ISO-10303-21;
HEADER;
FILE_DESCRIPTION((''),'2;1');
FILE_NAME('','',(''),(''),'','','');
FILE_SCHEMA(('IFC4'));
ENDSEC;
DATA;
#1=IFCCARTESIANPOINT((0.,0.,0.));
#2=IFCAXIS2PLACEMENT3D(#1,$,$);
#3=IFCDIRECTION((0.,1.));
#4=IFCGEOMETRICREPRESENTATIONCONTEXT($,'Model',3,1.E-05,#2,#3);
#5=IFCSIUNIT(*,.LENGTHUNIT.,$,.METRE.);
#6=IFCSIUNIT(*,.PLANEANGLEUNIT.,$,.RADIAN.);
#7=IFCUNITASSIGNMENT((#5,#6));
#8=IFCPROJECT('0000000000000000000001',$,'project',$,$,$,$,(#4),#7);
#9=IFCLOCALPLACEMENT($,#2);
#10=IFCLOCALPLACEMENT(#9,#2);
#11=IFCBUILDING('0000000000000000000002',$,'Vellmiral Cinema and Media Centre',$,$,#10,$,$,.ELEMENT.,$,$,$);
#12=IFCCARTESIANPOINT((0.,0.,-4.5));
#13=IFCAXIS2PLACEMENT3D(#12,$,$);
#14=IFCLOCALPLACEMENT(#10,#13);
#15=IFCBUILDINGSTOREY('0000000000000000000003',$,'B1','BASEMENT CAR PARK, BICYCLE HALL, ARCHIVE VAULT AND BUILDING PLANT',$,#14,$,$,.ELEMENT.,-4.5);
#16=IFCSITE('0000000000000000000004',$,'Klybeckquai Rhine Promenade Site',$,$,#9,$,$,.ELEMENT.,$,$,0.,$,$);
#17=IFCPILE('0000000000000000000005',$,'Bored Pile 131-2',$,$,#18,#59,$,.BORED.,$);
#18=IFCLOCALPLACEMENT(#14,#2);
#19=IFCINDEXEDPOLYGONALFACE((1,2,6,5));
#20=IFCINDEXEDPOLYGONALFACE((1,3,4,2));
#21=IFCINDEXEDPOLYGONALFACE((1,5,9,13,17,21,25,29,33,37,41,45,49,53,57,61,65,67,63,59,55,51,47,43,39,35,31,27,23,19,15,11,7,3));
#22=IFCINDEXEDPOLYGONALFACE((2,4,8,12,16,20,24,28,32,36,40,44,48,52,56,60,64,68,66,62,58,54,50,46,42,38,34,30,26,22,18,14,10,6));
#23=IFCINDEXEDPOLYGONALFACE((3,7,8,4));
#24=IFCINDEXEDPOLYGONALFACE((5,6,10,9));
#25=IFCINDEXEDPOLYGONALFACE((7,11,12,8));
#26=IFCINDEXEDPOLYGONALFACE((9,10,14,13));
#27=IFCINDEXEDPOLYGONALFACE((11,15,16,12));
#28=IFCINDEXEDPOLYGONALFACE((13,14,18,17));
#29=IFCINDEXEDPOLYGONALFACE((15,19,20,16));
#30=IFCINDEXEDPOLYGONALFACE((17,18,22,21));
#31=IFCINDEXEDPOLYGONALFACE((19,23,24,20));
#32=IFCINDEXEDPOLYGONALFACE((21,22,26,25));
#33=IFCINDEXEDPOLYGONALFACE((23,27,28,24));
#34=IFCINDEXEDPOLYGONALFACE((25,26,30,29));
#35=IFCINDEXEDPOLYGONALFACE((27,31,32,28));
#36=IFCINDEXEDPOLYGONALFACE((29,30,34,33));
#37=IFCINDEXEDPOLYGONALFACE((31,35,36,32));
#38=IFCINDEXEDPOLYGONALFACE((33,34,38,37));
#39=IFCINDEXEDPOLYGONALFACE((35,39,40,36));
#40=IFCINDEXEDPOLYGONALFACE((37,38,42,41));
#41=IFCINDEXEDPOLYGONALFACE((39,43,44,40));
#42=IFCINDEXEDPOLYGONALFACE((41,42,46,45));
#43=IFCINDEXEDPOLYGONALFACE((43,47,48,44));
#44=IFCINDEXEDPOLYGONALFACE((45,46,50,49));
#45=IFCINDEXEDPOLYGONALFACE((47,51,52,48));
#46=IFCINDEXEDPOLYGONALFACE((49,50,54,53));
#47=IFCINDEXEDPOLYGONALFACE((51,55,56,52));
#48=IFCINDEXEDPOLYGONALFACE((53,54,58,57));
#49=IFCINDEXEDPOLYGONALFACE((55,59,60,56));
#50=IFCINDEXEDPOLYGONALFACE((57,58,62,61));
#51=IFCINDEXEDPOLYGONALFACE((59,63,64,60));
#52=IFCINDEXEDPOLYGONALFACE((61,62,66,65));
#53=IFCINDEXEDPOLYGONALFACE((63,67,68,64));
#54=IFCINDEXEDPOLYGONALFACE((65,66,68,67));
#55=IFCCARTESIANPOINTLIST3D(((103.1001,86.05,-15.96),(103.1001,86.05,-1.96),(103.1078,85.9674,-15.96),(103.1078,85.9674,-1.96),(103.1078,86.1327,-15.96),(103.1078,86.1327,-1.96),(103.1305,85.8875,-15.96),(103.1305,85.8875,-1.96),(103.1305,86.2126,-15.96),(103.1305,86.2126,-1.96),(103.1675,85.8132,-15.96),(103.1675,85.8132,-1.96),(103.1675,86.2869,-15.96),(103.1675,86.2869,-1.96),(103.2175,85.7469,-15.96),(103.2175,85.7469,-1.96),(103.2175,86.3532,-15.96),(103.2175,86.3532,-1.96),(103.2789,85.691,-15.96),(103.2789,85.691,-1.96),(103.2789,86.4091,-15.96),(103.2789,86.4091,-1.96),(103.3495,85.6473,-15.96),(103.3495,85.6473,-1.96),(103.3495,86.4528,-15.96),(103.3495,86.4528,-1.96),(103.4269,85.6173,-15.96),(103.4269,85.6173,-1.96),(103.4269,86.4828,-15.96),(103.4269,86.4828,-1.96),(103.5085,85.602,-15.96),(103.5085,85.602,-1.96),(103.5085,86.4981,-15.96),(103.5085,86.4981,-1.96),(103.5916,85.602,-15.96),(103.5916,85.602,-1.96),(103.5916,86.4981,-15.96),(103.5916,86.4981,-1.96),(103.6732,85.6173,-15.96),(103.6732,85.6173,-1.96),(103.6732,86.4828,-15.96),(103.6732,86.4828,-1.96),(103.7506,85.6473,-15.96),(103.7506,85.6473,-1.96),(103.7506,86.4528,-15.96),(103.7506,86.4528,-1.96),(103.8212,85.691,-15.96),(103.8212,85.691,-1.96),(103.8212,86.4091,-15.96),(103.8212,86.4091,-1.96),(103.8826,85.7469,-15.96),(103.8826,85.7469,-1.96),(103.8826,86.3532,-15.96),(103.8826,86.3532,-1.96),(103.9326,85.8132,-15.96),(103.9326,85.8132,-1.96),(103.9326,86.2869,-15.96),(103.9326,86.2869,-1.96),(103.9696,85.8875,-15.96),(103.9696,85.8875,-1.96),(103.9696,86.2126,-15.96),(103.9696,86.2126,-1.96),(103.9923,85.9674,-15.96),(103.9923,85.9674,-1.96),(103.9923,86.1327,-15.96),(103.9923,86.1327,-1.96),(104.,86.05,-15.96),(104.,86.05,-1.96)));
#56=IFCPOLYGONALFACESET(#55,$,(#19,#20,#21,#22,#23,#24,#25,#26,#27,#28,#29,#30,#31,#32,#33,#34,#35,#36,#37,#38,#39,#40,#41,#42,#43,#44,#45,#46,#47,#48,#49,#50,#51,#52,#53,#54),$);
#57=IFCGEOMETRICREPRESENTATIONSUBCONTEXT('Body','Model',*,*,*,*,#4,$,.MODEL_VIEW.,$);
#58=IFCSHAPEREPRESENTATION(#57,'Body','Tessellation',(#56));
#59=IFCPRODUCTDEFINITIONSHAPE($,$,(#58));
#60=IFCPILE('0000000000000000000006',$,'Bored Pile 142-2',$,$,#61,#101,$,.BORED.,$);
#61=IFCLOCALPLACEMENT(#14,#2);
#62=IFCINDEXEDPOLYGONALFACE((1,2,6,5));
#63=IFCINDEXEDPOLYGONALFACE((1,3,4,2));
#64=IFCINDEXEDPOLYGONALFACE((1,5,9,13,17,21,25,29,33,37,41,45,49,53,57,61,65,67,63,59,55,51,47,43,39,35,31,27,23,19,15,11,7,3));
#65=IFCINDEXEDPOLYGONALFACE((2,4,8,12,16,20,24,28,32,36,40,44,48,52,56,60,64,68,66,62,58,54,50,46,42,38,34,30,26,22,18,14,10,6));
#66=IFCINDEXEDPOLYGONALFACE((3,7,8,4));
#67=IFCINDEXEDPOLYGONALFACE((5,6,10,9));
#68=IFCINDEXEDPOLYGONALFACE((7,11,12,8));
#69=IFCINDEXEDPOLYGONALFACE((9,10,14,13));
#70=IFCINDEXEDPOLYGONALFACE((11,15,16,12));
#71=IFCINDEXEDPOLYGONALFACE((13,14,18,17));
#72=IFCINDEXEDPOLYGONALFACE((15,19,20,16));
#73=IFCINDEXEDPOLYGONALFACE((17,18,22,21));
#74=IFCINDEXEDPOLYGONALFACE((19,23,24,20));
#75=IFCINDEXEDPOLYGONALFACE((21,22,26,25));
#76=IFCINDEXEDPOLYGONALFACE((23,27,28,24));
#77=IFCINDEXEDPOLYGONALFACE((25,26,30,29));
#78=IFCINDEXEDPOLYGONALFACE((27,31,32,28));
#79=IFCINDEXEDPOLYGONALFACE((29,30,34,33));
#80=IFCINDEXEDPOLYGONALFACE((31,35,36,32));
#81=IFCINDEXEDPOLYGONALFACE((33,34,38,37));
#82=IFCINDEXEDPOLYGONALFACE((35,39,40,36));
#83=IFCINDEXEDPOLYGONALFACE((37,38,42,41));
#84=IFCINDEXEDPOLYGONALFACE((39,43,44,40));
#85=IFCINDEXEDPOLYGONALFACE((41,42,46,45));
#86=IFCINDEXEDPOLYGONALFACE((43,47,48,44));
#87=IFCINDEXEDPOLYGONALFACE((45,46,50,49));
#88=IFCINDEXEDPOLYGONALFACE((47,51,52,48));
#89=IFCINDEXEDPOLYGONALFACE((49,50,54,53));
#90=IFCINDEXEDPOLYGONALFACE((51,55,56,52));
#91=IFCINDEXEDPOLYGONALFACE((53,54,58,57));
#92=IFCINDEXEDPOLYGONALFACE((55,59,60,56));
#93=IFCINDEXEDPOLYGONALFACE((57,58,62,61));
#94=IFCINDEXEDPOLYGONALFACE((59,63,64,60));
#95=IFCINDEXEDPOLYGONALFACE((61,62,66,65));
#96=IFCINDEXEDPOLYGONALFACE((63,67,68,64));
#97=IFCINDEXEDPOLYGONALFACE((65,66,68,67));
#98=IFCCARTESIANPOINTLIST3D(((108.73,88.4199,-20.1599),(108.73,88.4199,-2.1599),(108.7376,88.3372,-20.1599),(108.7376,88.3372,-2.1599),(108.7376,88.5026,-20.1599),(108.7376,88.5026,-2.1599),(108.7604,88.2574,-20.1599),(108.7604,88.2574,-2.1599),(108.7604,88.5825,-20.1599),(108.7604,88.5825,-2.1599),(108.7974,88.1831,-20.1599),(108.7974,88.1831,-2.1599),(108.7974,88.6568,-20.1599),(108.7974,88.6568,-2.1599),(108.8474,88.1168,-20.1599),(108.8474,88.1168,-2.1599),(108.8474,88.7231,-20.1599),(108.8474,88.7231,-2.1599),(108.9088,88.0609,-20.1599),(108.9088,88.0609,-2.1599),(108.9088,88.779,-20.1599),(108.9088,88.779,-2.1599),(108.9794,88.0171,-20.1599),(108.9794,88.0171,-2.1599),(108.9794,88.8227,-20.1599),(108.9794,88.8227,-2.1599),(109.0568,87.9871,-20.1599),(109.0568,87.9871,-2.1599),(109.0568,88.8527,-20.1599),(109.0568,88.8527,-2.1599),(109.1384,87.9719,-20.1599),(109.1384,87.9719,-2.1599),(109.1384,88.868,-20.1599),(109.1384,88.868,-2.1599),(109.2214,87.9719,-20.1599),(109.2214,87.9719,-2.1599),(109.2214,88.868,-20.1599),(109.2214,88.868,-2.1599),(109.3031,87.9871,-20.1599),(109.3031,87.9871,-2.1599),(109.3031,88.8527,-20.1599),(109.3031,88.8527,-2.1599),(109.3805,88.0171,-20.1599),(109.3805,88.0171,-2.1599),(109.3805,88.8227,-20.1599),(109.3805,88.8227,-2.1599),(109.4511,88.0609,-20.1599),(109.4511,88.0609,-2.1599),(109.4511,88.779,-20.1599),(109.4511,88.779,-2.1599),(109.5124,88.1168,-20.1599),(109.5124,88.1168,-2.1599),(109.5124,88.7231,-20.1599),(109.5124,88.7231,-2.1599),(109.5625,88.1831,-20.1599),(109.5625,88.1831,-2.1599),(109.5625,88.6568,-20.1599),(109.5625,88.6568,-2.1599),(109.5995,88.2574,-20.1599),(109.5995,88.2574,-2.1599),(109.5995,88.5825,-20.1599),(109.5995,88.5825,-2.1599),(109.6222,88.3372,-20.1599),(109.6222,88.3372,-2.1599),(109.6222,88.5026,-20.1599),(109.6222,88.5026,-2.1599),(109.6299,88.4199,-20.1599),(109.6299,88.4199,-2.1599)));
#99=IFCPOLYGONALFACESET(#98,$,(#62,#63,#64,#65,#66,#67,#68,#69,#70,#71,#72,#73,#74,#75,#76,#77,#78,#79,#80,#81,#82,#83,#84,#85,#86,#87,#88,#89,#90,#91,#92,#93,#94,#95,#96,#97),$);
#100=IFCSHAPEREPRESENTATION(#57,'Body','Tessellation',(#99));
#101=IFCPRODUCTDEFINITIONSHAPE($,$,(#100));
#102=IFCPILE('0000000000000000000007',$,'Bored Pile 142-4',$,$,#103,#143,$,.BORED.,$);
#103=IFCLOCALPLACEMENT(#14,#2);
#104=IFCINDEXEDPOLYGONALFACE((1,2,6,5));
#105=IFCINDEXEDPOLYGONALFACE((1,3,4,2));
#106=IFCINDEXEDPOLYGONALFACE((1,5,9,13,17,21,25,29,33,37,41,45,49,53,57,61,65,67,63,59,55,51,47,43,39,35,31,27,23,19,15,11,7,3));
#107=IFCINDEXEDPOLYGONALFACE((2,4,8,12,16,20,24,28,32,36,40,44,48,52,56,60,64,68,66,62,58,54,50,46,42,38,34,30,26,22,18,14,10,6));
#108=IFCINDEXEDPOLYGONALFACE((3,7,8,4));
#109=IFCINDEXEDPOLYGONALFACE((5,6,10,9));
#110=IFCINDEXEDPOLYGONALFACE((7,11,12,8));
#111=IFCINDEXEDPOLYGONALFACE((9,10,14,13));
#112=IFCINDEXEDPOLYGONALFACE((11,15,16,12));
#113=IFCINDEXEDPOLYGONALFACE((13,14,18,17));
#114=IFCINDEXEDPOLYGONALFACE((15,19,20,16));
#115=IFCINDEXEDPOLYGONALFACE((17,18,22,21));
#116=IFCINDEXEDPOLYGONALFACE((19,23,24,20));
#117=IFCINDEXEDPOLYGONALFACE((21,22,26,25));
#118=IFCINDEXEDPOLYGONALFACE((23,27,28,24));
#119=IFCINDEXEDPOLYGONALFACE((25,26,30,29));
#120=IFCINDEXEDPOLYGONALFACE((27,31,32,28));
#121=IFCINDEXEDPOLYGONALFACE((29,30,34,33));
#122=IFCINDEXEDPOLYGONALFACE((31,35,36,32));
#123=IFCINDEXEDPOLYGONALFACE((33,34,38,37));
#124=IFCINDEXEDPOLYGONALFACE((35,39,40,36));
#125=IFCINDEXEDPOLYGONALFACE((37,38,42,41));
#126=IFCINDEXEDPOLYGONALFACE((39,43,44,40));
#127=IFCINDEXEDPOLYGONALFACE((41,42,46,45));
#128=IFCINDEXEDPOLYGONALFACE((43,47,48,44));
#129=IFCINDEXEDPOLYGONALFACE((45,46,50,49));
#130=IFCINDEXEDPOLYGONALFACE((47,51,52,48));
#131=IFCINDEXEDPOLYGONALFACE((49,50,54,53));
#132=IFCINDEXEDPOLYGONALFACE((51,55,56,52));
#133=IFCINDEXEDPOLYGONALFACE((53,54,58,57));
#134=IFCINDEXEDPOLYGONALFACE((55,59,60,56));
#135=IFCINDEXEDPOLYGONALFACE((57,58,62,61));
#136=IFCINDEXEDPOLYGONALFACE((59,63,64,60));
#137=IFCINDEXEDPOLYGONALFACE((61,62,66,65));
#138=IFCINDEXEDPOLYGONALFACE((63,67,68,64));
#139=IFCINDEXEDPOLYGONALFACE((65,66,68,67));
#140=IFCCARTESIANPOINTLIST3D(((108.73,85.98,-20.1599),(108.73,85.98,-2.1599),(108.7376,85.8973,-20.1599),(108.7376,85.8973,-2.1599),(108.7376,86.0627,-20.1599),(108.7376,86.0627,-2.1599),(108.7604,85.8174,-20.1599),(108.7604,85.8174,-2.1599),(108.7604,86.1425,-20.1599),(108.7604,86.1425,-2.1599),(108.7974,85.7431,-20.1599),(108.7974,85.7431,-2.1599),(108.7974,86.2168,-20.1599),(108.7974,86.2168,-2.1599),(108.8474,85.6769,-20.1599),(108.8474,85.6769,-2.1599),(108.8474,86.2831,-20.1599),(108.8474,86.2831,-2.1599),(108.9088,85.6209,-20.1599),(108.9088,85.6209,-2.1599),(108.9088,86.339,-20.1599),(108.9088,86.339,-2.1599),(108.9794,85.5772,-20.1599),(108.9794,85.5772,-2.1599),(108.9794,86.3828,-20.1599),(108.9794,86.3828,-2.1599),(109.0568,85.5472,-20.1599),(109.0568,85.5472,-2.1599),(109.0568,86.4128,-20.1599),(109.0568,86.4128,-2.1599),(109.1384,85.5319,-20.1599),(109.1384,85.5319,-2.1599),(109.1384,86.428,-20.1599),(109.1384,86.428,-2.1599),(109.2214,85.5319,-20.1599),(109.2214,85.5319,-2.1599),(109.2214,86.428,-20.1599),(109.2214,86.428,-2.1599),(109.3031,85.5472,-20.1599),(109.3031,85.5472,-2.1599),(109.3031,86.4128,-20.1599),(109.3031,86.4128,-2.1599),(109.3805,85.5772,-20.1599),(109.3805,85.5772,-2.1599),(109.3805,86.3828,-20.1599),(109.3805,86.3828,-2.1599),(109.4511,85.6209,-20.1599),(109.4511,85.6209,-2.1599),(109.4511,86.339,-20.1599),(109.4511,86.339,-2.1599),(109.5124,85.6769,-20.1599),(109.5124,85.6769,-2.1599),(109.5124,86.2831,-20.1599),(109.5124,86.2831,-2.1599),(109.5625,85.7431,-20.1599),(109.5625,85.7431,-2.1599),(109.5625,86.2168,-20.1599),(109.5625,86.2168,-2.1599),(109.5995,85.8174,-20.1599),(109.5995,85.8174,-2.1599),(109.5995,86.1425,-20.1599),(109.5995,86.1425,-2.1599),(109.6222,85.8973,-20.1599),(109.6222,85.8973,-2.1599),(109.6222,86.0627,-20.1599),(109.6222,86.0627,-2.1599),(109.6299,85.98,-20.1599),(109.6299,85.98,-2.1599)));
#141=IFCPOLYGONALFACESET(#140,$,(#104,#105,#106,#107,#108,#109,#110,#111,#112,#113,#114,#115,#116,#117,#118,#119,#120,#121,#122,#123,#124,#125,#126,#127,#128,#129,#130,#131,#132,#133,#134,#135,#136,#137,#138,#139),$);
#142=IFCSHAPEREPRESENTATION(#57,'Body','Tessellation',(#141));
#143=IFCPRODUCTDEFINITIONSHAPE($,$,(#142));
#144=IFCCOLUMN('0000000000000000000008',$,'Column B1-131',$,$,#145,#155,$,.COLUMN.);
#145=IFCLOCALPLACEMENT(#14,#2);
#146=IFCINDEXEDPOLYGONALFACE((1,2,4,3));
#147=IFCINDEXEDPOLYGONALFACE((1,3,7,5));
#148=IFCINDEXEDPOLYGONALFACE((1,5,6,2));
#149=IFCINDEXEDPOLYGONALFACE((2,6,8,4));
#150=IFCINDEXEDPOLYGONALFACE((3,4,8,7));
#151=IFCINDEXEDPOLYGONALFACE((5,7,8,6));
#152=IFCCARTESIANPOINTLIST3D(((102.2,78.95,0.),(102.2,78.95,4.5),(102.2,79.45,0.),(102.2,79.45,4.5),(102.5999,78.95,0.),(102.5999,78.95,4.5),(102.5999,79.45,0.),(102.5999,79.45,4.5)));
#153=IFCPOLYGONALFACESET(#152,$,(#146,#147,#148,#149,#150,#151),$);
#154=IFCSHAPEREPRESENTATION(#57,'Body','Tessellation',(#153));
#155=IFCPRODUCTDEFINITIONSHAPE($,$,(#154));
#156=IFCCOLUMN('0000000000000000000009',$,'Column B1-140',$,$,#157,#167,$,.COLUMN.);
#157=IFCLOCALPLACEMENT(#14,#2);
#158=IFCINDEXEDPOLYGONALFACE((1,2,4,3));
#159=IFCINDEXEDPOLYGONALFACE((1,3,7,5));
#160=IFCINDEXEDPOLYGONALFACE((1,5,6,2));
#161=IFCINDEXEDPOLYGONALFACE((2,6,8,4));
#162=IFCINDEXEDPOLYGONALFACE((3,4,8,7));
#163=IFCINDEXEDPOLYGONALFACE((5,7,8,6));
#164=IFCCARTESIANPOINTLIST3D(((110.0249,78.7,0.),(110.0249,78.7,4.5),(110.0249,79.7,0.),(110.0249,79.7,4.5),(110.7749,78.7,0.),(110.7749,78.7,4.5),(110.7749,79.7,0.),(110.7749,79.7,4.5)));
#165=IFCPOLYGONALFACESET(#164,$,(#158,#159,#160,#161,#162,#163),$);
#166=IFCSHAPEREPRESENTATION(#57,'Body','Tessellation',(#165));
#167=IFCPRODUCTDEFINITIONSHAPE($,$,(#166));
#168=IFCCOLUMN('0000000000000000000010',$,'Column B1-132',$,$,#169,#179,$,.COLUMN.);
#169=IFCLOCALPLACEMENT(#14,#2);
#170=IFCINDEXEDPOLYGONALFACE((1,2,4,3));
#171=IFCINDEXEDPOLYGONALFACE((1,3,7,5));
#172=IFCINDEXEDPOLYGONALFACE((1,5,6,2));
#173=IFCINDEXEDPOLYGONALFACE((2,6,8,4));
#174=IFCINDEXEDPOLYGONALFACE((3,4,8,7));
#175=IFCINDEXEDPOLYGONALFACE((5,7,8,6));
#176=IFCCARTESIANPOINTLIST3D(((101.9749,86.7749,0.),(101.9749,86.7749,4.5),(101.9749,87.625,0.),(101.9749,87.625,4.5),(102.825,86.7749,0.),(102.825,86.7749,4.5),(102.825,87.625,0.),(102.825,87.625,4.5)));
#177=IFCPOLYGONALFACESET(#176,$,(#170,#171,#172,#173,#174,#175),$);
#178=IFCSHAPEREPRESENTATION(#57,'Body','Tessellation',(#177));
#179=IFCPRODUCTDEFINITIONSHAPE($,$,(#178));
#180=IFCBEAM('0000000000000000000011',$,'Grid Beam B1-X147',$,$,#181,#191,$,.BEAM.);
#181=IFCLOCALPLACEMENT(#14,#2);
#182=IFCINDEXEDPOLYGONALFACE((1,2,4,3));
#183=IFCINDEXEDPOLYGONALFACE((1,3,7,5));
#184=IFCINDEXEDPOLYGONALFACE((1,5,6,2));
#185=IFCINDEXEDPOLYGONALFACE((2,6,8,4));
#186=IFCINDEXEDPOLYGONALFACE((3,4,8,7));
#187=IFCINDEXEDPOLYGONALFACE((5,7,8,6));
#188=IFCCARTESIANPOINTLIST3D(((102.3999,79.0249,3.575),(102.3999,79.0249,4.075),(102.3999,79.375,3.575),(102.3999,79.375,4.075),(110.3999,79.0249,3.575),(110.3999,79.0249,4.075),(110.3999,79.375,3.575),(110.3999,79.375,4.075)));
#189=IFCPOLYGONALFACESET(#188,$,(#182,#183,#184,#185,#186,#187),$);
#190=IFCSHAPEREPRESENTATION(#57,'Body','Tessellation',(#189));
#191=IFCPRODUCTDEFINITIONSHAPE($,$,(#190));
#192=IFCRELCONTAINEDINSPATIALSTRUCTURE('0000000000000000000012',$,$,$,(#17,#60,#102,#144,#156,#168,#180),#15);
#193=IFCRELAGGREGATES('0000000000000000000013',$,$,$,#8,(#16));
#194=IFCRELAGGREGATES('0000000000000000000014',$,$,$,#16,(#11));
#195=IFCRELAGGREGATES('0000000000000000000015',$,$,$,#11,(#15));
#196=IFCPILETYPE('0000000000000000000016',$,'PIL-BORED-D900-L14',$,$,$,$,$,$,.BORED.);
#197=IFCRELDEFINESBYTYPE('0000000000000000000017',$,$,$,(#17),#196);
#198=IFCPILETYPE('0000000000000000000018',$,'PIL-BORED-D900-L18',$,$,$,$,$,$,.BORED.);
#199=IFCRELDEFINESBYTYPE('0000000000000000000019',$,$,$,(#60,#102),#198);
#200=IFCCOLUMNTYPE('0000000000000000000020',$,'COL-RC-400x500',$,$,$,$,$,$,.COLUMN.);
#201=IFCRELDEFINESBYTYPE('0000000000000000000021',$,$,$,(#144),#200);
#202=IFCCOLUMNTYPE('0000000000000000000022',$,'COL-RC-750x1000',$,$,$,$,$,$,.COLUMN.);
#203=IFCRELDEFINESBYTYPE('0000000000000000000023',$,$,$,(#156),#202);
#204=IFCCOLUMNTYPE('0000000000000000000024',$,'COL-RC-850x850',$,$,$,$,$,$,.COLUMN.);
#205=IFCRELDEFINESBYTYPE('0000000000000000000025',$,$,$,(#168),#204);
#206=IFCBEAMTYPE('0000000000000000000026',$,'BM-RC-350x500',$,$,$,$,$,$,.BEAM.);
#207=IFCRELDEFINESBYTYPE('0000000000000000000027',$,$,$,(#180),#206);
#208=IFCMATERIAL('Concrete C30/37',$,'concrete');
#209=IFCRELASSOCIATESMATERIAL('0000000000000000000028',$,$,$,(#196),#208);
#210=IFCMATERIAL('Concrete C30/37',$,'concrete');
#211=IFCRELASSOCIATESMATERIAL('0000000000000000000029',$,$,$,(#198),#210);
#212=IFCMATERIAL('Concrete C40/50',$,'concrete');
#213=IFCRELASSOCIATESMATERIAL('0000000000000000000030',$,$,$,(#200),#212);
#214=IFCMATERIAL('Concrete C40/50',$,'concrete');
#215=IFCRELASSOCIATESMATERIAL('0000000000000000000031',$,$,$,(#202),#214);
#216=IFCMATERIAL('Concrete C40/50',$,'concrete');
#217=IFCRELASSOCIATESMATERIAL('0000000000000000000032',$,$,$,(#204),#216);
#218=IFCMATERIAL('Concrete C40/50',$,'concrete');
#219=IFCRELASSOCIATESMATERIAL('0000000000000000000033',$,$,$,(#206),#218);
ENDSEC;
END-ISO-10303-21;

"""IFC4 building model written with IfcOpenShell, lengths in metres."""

from ifc_helpers import new_model, si_unit, direction, frame, origin, origin_2d, place, context, subcontext, project, spatial, rectangle, circle, extrude, material, material_profile, profile_set, type_object, element, save


model = new_model("IFC4")

# Units and contexts
model_context = context("Model", 3, precision=1e-05, world=origin(), true_north=direction((0.0, 1.0)))
body_context = subcontext(model_context, "Body", "Model", "MODEL_VIEW")
ifc_project = project(units=[si_unit("LENGTHUNIT", "METRE"), si_unit("PLANEANGLEUNIT", "RADIAN")], contexts=[model_context])

# Site, building, storey
site_placement = place(None, origin())
site = spatial("IfcSite", under=ifc_project, at=site_placement, Name="Klybeckquai Rhine Promenade Site", CompositionType="ELEMENT", RefElevation=0.0)
building_placement = place(site_placement, origin())
building = spatial("IfcBuilding", under=site, at=building_placement, Name="Vellmiral Cinema and Media Centre", CompositionType="ELEMENT")
storey_placement = place(building_placement, frame((0.0, 0.0, -4.5)))
storey = spatial("IfcBuildingStorey", under=building, at=storey_placement, Name="B1", Description="BASEMENT CAR PARK, BICYCLE HALL, ARCHIVE VAULT AND BUILDING PLANT", CompositionType="ELEMENT", Elevation=-4.5)

# Piles
ifc_material_1 = material(Name="Concrete C30/37", Category="concrete")
ifc_material_profile_1 = material_profile(ifc_material_1, circle(Radius=0.45, at=origin_2d()), Name="PILE D900")
ifc_profile_set_1 = profile_set([ifc_material_profile_1], Name="Concrete C30/37")
pile_type_1 = type_object("IfcPileType", Name="PIL-BORED-D900-L14", PredefinedType="BORED", material=ifc_profile_set_1)
for number, where, z_axis, x_axis, name in (
    (1, (103.55, 86.05, -1.96), (0.0, 0.0, -1.0), (1.0, 0.0, 0.0), "Bored Pile 131-2"),
):
    element("IfcPile", number, at=place(storey_placement, frame(where, z_axis=z_axis, x_axis=x_axis)), inside=storey, type_object=pile_type_1, Name=name, PredefinedType="BORED", context=body_context, shape_type="SweptSolid", body=[
        extrude(circle(Radius=0.45, at=origin_2d()), origin(), (0.0, 0.0, 1.0), 14.0),
    ])
ifc_material_2 = material(Name="Concrete C30/37", Category="concrete")
ifc_material_profile_2 = material_profile(ifc_material_2, circle(Radius=0.45, at=origin_2d()), Name="PILE D900")
ifc_profile_set_2 = profile_set([ifc_material_profile_2], Name="Concrete C30/37")
pile_type_2 = type_object("IfcPileType", Name="PIL-BORED-D900-L18", PredefinedType="BORED", material=ifc_profile_set_2)
for number, where, z_axis, x_axis, name in (
    (2, (109.1799, 88.4199, -2.1599), (0.0, 0.0, -1.0), (1.0, 0.0, 0.0), "Bored Pile 142-2"),
    (3, (109.1799, 85.98, -2.1599), (0.0, 0.0, -1.0), (1.0, 0.0, 0.0), "Bored Pile 142-4"),
):
    element("IfcPile", number, at=place(storey_placement, frame(where, z_axis=z_axis, x_axis=x_axis)), inside=storey, type_object=pile_type_2, Name=name, PredefinedType="BORED", context=body_context, shape_type="SweptSolid", body=[
        extrude(circle(Radius=0.45, at=origin_2d()), origin(), (0.0, 0.0, 1.0), 18.0),
    ])

# Columns
ifc_material_3 = material(Name="Concrete C40/50", Category="concrete")
ifc_material_profile_3 = material_profile(ifc_material_3, rectangle(XDim=0.3999, YDim=0.5, at=origin_2d()), Name="RC 400x500")
ifc_profile_set_3 = profile_set([ifc_material_profile_3], Name="Concrete C40/50")
column_type_1 = type_object("IfcColumnType", Name="COL-RC-400x500", PredefinedType="COLUMN", material=ifc_profile_set_3)
column_1_placement = place(storey_placement, frame((102.3999, 79.2, 0.0), z_axis=(0.0, 0.0, 1.0), x_axis=(1.0, 0.0, 0.0)))
element("IfcColumn", 4, at=column_1_placement, inside=storey, type_object=column_type_1, Name="Column B1-131", PredefinedType="COLUMN", context=body_context, shape_type="SweptSolid", body=[
    extrude(rectangle(XDim=0.3999, YDim=0.5, at=origin_2d()), origin(), (0.0, 0.0, 1.0), 4.5),
])
ifc_material_4 = material(Name="Concrete C40/50", Category="concrete")
ifc_material_profile_4 = material_profile(ifc_material_4, rectangle(XDim=0.75, YDim=1.0, at=origin_2d()), Name="RC 750x1000")
ifc_profile_set_4 = profile_set([ifc_material_profile_4], Name="Concrete C40/50")
column_type_2 = type_object("IfcColumnType", Name="COL-RC-750x1000", PredefinedType="COLUMN", material=ifc_profile_set_4)
column_2_placement = place(storey_placement, frame((110.3999, 79.2, 0.0), z_axis=(0.0, 0.0, 1.0), x_axis=(1.0, 0.0, 0.0)))
element("IfcColumn", 5, at=column_2_placement, inside=storey, type_object=column_type_2, Name="Column B1-140", PredefinedType="COLUMN", context=body_context, shape_type="SweptSolid", body=[
    extrude(rectangle(XDim=0.75, YDim=1.0, at=origin_2d()), origin(), (0.0, 0.0, 1.0), 4.5),
])
ifc_material_5 = material(Name="Concrete C40/50", Category="concrete")
ifc_material_profile_5 = material_profile(ifc_material_5, rectangle(XDim=0.8501, YDim=0.8501, at=origin_2d()), Name="RC 850x850")
ifc_profile_set_5 = profile_set([ifc_material_profile_5], Name="Concrete C40/50")
column_type_3 = type_object("IfcColumnType", Name="COL-RC-850x850", PredefinedType="COLUMN", material=ifc_profile_set_5)
column_3_placement = place(storey_placement, frame((102.3999, 87.2, 0.0), z_axis=(0.0, 0.0, 1.0), x_axis=(1.0, 0.0, 0.0)))
element("IfcColumn", 6, at=column_3_placement, inside=storey, type_object=column_type_3, Name="Column B1-132", PredefinedType="COLUMN", context=body_context, shape_type="SweptSolid", body=[
    extrude(rectangle(XDim=0.8501, YDim=0.8501, at=origin_2d()), origin(), (0.0, 0.0, 1.0), 4.5),
])

# Beam
ifc_material_6 = material(Name="Concrete C40/50", Category="concrete")
ifc_material_profile_6 = material_profile(ifc_material_6, rectangle(XDim=0.3501, YDim=0.5, at=origin_2d()), Name="RC 350x500")
ifc_profile_set_6 = profile_set([ifc_material_profile_6], Name="Concrete C40/50")
beam_type_1 = type_object("IfcBeamType", Name="BM-RC-350x500", PredefinedType="BEAM", material=ifc_profile_set_6)
beam_1_placement = place(storey_placement, frame((102.3999, 79.2, 3.825), z_axis=(1.0, 0.0, 0.0), x_axis=(0.0, 1.0, 0.0)))
element("IfcBeam", 7, at=beam_1_placement, inside=storey, type_object=beam_type_1, Name="Grid Beam B1-X147", PredefinedType="BEAM", context=body_context, shape_type="SweptSolid", body=[
    extrude(rectangle(XDim=0.3501, YDim=0.5, at=origin_2d()), origin(), (0.0, 0.0, 1.0), 8.0),
])

save(model, "model.ifc")
